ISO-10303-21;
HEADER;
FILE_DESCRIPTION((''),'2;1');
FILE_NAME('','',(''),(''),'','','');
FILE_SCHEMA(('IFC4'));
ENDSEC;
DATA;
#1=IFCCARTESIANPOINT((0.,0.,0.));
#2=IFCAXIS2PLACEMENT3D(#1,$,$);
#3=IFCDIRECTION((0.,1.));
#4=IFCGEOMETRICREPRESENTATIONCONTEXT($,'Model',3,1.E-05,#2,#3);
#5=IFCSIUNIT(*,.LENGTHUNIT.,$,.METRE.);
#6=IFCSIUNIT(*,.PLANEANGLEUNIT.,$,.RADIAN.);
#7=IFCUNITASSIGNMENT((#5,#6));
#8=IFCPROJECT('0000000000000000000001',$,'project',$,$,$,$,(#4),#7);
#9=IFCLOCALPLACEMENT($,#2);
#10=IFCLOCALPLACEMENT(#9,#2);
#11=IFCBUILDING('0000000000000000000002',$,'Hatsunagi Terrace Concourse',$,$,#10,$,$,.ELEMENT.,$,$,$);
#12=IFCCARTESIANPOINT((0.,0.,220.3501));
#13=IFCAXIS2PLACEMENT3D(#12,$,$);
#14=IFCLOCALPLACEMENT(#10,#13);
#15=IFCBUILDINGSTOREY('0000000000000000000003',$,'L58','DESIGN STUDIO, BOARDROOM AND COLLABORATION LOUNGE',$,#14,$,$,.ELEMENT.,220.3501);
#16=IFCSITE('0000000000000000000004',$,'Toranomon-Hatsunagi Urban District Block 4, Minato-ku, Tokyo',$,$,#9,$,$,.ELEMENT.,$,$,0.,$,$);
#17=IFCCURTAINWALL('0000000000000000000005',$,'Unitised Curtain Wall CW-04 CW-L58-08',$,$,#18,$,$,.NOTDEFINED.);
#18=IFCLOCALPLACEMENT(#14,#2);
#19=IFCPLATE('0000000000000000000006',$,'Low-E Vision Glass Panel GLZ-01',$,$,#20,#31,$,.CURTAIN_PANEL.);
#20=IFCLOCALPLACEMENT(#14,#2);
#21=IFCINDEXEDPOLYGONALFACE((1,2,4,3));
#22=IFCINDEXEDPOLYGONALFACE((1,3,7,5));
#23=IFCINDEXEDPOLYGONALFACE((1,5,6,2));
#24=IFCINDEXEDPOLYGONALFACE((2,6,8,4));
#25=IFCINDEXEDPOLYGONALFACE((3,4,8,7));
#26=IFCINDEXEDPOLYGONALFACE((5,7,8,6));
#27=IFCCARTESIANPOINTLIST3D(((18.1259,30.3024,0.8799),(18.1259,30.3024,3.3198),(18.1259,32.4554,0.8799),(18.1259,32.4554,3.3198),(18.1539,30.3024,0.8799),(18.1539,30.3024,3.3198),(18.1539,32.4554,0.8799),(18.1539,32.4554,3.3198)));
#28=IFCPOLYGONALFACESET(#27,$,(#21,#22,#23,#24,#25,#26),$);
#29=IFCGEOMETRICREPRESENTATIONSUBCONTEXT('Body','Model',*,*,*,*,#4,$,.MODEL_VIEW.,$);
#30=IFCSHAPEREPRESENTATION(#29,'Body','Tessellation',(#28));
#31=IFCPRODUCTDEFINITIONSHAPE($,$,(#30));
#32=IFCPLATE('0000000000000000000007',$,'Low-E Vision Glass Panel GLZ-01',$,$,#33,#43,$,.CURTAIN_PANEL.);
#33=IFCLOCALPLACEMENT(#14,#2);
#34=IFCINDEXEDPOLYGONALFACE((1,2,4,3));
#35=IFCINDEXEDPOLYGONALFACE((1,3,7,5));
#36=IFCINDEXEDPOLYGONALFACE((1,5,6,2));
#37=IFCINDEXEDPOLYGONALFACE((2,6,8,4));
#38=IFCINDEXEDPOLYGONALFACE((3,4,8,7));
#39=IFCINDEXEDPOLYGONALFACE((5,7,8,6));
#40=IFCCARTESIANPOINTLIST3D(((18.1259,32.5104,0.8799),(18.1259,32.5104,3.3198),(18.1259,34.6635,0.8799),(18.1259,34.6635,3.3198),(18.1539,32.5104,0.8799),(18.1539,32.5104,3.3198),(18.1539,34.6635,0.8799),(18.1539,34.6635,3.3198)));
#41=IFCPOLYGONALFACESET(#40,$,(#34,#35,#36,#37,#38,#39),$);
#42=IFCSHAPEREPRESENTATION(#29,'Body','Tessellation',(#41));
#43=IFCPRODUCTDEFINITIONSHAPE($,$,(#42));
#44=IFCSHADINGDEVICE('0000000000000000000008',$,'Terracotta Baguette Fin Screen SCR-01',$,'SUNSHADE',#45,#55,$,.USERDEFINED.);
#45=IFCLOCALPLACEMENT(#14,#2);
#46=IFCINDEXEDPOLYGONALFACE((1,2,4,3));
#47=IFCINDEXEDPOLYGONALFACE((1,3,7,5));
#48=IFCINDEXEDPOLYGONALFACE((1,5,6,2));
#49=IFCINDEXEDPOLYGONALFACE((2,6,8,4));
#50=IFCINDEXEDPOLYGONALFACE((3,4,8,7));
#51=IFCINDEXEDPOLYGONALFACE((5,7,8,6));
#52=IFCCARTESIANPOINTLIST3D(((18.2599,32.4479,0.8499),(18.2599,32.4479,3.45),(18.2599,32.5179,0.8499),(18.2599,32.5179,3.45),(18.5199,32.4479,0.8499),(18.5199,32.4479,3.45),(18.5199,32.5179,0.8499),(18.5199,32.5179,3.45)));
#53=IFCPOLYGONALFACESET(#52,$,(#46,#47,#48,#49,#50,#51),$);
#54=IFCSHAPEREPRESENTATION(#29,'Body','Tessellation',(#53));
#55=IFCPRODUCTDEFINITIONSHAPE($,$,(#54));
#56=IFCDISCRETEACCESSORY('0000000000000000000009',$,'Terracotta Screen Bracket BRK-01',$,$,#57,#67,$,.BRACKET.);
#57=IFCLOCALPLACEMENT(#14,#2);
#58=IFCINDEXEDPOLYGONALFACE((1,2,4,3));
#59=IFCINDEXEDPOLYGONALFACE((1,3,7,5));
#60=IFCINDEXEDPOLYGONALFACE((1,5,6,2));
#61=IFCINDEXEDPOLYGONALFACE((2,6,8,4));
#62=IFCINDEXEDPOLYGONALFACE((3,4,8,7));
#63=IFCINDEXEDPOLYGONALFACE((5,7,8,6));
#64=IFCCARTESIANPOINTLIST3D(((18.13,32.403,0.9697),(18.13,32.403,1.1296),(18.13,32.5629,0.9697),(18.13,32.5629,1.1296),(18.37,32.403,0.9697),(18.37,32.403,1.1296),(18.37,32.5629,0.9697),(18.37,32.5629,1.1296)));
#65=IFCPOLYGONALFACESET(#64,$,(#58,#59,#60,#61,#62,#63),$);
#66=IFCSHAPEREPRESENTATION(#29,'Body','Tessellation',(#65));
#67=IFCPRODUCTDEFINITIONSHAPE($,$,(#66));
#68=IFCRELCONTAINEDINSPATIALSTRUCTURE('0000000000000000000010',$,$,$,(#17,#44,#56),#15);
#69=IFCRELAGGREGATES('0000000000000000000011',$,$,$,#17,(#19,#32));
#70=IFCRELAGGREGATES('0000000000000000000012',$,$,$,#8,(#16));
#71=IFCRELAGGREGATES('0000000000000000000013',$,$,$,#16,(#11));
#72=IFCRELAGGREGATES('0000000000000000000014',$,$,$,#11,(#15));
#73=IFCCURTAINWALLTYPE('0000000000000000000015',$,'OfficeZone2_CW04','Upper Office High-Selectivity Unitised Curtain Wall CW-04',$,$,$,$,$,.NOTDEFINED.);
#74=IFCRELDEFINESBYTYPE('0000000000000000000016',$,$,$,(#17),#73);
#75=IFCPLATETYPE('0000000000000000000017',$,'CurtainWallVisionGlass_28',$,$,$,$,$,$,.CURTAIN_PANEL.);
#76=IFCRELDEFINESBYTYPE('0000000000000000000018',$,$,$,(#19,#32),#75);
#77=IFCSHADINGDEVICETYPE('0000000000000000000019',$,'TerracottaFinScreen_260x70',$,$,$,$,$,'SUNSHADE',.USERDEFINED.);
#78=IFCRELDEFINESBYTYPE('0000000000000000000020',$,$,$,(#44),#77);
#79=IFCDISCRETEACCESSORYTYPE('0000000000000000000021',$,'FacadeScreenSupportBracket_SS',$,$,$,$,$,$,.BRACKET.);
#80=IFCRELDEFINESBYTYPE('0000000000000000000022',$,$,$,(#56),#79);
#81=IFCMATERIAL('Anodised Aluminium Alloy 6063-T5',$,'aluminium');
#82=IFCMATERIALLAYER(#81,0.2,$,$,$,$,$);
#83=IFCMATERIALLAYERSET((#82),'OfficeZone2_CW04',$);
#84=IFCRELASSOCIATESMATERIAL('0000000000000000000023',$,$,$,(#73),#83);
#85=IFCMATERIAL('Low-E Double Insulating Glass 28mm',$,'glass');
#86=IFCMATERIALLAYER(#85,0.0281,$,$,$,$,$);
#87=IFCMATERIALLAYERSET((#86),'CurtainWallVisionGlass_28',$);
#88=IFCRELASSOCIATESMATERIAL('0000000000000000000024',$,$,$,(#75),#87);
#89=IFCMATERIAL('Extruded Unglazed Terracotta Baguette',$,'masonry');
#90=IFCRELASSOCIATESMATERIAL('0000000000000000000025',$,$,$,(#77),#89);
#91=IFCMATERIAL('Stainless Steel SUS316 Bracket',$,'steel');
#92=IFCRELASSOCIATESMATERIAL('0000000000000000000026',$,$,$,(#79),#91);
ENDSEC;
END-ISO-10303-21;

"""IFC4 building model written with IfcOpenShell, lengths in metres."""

from ifc_helpers import new_model, si_unit, direction, frame, origin, origin_2d, place, context, subcontext, project, spatial, rectangle, extrude, material, layer, layer_set, type_object, element, aggregate, save


model = new_model("IFC4")

# Units and contexts
model_context = context("Model", 3, precision=1e-05, world=origin(), true_north=direction((0.0, 1.0)))
body_context = subcontext(model_context, "Body", "Model", "MODEL_VIEW")
ifc_project = project(units=[si_unit("LENGTHUNIT", "METRE"), si_unit("PLANEANGLEUNIT", "RADIAN")], contexts=[model_context])

# Site, building, storey
site_placement = place(None, origin())
site = spatial("IfcSite", under=ifc_project, at=site_placement, Name="Toranomon-Hatsunagi Urban District Block 4, Minato-ku, Tokyo", CompositionType="ELEMENT", RefElevation=0.0)
building_placement = place(site_placement, origin())
building = spatial("IfcBuilding", under=site, at=building_placement, Name="Hatsunagi Terrace Concourse", CompositionType="ELEMENT")
storey_placement = place(building_placement, frame((0.0, 0.0, 220.3501)))
storey = spatial("IfcBuildingStorey", under=building, at=storey_placement, Name="L58", Description="DESIGN STUDIO, BOARDROOM AND COLLABORATION LOUNGE", CompositionType="ELEMENT", Elevation=220.3501)

# Curtain wall, plates
ifc_material_1 = material(Name="Anodised Aluminium Alloy 6063-T5", Category="aluminium")
ifc_layer_1 = layer(ifc_material_1, 0.2)
ifc_layer_set_1 = layer_set([ifc_layer_1], Name="OfficeZone2_CW04")
curtain_wall_type = type_object("IfcCurtainWallType", Name="OfficeZone2_CW04", Description="Upper Office High-Selectivity Unitised Curtain Wall CW-04", PredefinedType="NOTDEFINED", material=ifc_layer_set_1)
curtain_wall_placement = place(storey_placement, origin())
curtain_wall = element("IfcCurtainWall", 1, at=curtain_wall_placement, inside=storey, type_object=curtain_wall_type, Name="Unitised Curtain Wall CW-04 CW-L58-08", PredefinedType="NOTDEFINED")
ifc_material_2 = material(Name="Low-E Double Insulating Glass 28mm", Category="glass")
ifc_layer_2 = layer(ifc_material_2, 0.0281)
ifc_layer_set_2 = layer_set([ifc_layer_2], Name="CurtainWallVisionGlass_28")
plate_type_1 = type_object("IfcPlateType", Name="CurtainWallVisionGlass_28", PredefinedType="CURTAIN_PANEL", material=ifc_layer_set_2)
plate_1_placement = place(storey_placement, frame((18.1399, 31.3789, 0.8799), z_axis=(0.0, 0.0, 1.0), x_axis=(0.0, 1.0, 0.0)))
plate_1 = element("IfcPlate", 2, at=plate_1_placement, type_object=plate_type_1, Name="Low-E Vision Glass Panel GLZ-01", PredefinedType="CURTAIN_PANEL", context=body_context, shape_type="SweptSolid", body=[
    extrude(rectangle(XDim=2.1531, YDim=0.0281, at=origin_2d()), origin(), (0.0, 0.0, 1.0), 2.4399),
])
plate_2_placement = place(storey_placement, frame((18.1399, 33.5869, 0.8799), z_axis=(0.0, 0.0, 1.0), x_axis=(0.0, 1.0, 0.0)))
plate_2 = element("IfcPlate", 3, at=plate_2_placement, type_object=plate_type_1, Name="Low-E Vision Glass Panel GLZ-01", PredefinedType="CURTAIN_PANEL", context=body_context, shape_type="SweptSolid", body=[
    extrude(rectangle(XDim=2.1531, YDim=0.0281, at=origin_2d()), origin(), (0.0, 0.0, 1.0), 2.4399),
])
aggregate(curtain_wall, [plate_1, plate_2])

# Shading device
ifc_material_3 = material(Name="Extruded Unglazed Terracotta Baguette", Category="masonry")
shading_device_type = type_object("IfcShadingDeviceType", Name="TerracottaFinScreen_260x70", ElementType="SUNSHADE", PredefinedType="USERDEFINED", material=ifc_material_3)
shading_device_placement = place(storey_placement, frame((18.3899, 32.4829, 0.8499), z_axis=(0.0, 0.0, 1.0), x_axis=(0.0, 1.0, 0.0)))
element("IfcShadingDevice", 4, at=shading_device_placement, inside=storey, type_object=shading_device_type, Name="Terracotta Baguette Fin Screen SCR-01", ObjectType="SUNSHADE", PredefinedType="USERDEFINED", context=body_context, shape_type="SweptSolid", body=[
    extrude(rectangle(XDim=0.0701, YDim=0.26, at=origin_2d()), origin(), (0.0, 0.0, 1.0), 2.6001),
])

# Discrete accessory
ifc_material_4 = material(Name="Stainless Steel SUS316 Bracket", Category="steel")
discrete_accessory_type = type_object("IfcDiscreteAccessoryType", Name="FacadeScreenSupportBracket_SS", PredefinedType="BRACKET", material=ifc_material_4)
discrete_accessory_placement = place(storey_placement, frame((18.25, 32.4829, 0.9697), z_axis=(0.0, 0.0, 1.0), x_axis=(0.0, 1.0, 0.0)))
element("IfcDiscreteAccessory", 5, at=discrete_accessory_placement, inside=storey, type_object=discrete_accessory_type, Name="Terracotta Screen Bracket BRK-01", PredefinedType="BRACKET", context=body_context, shape_type="SweptSolid", body=[
    extrude(rectangle(XDim=0.1599, YDim=0.24, at=origin_2d()), origin(), (0.0, 0.0, 1.0), 0.1599),
])

save(model, "model.ifc")
